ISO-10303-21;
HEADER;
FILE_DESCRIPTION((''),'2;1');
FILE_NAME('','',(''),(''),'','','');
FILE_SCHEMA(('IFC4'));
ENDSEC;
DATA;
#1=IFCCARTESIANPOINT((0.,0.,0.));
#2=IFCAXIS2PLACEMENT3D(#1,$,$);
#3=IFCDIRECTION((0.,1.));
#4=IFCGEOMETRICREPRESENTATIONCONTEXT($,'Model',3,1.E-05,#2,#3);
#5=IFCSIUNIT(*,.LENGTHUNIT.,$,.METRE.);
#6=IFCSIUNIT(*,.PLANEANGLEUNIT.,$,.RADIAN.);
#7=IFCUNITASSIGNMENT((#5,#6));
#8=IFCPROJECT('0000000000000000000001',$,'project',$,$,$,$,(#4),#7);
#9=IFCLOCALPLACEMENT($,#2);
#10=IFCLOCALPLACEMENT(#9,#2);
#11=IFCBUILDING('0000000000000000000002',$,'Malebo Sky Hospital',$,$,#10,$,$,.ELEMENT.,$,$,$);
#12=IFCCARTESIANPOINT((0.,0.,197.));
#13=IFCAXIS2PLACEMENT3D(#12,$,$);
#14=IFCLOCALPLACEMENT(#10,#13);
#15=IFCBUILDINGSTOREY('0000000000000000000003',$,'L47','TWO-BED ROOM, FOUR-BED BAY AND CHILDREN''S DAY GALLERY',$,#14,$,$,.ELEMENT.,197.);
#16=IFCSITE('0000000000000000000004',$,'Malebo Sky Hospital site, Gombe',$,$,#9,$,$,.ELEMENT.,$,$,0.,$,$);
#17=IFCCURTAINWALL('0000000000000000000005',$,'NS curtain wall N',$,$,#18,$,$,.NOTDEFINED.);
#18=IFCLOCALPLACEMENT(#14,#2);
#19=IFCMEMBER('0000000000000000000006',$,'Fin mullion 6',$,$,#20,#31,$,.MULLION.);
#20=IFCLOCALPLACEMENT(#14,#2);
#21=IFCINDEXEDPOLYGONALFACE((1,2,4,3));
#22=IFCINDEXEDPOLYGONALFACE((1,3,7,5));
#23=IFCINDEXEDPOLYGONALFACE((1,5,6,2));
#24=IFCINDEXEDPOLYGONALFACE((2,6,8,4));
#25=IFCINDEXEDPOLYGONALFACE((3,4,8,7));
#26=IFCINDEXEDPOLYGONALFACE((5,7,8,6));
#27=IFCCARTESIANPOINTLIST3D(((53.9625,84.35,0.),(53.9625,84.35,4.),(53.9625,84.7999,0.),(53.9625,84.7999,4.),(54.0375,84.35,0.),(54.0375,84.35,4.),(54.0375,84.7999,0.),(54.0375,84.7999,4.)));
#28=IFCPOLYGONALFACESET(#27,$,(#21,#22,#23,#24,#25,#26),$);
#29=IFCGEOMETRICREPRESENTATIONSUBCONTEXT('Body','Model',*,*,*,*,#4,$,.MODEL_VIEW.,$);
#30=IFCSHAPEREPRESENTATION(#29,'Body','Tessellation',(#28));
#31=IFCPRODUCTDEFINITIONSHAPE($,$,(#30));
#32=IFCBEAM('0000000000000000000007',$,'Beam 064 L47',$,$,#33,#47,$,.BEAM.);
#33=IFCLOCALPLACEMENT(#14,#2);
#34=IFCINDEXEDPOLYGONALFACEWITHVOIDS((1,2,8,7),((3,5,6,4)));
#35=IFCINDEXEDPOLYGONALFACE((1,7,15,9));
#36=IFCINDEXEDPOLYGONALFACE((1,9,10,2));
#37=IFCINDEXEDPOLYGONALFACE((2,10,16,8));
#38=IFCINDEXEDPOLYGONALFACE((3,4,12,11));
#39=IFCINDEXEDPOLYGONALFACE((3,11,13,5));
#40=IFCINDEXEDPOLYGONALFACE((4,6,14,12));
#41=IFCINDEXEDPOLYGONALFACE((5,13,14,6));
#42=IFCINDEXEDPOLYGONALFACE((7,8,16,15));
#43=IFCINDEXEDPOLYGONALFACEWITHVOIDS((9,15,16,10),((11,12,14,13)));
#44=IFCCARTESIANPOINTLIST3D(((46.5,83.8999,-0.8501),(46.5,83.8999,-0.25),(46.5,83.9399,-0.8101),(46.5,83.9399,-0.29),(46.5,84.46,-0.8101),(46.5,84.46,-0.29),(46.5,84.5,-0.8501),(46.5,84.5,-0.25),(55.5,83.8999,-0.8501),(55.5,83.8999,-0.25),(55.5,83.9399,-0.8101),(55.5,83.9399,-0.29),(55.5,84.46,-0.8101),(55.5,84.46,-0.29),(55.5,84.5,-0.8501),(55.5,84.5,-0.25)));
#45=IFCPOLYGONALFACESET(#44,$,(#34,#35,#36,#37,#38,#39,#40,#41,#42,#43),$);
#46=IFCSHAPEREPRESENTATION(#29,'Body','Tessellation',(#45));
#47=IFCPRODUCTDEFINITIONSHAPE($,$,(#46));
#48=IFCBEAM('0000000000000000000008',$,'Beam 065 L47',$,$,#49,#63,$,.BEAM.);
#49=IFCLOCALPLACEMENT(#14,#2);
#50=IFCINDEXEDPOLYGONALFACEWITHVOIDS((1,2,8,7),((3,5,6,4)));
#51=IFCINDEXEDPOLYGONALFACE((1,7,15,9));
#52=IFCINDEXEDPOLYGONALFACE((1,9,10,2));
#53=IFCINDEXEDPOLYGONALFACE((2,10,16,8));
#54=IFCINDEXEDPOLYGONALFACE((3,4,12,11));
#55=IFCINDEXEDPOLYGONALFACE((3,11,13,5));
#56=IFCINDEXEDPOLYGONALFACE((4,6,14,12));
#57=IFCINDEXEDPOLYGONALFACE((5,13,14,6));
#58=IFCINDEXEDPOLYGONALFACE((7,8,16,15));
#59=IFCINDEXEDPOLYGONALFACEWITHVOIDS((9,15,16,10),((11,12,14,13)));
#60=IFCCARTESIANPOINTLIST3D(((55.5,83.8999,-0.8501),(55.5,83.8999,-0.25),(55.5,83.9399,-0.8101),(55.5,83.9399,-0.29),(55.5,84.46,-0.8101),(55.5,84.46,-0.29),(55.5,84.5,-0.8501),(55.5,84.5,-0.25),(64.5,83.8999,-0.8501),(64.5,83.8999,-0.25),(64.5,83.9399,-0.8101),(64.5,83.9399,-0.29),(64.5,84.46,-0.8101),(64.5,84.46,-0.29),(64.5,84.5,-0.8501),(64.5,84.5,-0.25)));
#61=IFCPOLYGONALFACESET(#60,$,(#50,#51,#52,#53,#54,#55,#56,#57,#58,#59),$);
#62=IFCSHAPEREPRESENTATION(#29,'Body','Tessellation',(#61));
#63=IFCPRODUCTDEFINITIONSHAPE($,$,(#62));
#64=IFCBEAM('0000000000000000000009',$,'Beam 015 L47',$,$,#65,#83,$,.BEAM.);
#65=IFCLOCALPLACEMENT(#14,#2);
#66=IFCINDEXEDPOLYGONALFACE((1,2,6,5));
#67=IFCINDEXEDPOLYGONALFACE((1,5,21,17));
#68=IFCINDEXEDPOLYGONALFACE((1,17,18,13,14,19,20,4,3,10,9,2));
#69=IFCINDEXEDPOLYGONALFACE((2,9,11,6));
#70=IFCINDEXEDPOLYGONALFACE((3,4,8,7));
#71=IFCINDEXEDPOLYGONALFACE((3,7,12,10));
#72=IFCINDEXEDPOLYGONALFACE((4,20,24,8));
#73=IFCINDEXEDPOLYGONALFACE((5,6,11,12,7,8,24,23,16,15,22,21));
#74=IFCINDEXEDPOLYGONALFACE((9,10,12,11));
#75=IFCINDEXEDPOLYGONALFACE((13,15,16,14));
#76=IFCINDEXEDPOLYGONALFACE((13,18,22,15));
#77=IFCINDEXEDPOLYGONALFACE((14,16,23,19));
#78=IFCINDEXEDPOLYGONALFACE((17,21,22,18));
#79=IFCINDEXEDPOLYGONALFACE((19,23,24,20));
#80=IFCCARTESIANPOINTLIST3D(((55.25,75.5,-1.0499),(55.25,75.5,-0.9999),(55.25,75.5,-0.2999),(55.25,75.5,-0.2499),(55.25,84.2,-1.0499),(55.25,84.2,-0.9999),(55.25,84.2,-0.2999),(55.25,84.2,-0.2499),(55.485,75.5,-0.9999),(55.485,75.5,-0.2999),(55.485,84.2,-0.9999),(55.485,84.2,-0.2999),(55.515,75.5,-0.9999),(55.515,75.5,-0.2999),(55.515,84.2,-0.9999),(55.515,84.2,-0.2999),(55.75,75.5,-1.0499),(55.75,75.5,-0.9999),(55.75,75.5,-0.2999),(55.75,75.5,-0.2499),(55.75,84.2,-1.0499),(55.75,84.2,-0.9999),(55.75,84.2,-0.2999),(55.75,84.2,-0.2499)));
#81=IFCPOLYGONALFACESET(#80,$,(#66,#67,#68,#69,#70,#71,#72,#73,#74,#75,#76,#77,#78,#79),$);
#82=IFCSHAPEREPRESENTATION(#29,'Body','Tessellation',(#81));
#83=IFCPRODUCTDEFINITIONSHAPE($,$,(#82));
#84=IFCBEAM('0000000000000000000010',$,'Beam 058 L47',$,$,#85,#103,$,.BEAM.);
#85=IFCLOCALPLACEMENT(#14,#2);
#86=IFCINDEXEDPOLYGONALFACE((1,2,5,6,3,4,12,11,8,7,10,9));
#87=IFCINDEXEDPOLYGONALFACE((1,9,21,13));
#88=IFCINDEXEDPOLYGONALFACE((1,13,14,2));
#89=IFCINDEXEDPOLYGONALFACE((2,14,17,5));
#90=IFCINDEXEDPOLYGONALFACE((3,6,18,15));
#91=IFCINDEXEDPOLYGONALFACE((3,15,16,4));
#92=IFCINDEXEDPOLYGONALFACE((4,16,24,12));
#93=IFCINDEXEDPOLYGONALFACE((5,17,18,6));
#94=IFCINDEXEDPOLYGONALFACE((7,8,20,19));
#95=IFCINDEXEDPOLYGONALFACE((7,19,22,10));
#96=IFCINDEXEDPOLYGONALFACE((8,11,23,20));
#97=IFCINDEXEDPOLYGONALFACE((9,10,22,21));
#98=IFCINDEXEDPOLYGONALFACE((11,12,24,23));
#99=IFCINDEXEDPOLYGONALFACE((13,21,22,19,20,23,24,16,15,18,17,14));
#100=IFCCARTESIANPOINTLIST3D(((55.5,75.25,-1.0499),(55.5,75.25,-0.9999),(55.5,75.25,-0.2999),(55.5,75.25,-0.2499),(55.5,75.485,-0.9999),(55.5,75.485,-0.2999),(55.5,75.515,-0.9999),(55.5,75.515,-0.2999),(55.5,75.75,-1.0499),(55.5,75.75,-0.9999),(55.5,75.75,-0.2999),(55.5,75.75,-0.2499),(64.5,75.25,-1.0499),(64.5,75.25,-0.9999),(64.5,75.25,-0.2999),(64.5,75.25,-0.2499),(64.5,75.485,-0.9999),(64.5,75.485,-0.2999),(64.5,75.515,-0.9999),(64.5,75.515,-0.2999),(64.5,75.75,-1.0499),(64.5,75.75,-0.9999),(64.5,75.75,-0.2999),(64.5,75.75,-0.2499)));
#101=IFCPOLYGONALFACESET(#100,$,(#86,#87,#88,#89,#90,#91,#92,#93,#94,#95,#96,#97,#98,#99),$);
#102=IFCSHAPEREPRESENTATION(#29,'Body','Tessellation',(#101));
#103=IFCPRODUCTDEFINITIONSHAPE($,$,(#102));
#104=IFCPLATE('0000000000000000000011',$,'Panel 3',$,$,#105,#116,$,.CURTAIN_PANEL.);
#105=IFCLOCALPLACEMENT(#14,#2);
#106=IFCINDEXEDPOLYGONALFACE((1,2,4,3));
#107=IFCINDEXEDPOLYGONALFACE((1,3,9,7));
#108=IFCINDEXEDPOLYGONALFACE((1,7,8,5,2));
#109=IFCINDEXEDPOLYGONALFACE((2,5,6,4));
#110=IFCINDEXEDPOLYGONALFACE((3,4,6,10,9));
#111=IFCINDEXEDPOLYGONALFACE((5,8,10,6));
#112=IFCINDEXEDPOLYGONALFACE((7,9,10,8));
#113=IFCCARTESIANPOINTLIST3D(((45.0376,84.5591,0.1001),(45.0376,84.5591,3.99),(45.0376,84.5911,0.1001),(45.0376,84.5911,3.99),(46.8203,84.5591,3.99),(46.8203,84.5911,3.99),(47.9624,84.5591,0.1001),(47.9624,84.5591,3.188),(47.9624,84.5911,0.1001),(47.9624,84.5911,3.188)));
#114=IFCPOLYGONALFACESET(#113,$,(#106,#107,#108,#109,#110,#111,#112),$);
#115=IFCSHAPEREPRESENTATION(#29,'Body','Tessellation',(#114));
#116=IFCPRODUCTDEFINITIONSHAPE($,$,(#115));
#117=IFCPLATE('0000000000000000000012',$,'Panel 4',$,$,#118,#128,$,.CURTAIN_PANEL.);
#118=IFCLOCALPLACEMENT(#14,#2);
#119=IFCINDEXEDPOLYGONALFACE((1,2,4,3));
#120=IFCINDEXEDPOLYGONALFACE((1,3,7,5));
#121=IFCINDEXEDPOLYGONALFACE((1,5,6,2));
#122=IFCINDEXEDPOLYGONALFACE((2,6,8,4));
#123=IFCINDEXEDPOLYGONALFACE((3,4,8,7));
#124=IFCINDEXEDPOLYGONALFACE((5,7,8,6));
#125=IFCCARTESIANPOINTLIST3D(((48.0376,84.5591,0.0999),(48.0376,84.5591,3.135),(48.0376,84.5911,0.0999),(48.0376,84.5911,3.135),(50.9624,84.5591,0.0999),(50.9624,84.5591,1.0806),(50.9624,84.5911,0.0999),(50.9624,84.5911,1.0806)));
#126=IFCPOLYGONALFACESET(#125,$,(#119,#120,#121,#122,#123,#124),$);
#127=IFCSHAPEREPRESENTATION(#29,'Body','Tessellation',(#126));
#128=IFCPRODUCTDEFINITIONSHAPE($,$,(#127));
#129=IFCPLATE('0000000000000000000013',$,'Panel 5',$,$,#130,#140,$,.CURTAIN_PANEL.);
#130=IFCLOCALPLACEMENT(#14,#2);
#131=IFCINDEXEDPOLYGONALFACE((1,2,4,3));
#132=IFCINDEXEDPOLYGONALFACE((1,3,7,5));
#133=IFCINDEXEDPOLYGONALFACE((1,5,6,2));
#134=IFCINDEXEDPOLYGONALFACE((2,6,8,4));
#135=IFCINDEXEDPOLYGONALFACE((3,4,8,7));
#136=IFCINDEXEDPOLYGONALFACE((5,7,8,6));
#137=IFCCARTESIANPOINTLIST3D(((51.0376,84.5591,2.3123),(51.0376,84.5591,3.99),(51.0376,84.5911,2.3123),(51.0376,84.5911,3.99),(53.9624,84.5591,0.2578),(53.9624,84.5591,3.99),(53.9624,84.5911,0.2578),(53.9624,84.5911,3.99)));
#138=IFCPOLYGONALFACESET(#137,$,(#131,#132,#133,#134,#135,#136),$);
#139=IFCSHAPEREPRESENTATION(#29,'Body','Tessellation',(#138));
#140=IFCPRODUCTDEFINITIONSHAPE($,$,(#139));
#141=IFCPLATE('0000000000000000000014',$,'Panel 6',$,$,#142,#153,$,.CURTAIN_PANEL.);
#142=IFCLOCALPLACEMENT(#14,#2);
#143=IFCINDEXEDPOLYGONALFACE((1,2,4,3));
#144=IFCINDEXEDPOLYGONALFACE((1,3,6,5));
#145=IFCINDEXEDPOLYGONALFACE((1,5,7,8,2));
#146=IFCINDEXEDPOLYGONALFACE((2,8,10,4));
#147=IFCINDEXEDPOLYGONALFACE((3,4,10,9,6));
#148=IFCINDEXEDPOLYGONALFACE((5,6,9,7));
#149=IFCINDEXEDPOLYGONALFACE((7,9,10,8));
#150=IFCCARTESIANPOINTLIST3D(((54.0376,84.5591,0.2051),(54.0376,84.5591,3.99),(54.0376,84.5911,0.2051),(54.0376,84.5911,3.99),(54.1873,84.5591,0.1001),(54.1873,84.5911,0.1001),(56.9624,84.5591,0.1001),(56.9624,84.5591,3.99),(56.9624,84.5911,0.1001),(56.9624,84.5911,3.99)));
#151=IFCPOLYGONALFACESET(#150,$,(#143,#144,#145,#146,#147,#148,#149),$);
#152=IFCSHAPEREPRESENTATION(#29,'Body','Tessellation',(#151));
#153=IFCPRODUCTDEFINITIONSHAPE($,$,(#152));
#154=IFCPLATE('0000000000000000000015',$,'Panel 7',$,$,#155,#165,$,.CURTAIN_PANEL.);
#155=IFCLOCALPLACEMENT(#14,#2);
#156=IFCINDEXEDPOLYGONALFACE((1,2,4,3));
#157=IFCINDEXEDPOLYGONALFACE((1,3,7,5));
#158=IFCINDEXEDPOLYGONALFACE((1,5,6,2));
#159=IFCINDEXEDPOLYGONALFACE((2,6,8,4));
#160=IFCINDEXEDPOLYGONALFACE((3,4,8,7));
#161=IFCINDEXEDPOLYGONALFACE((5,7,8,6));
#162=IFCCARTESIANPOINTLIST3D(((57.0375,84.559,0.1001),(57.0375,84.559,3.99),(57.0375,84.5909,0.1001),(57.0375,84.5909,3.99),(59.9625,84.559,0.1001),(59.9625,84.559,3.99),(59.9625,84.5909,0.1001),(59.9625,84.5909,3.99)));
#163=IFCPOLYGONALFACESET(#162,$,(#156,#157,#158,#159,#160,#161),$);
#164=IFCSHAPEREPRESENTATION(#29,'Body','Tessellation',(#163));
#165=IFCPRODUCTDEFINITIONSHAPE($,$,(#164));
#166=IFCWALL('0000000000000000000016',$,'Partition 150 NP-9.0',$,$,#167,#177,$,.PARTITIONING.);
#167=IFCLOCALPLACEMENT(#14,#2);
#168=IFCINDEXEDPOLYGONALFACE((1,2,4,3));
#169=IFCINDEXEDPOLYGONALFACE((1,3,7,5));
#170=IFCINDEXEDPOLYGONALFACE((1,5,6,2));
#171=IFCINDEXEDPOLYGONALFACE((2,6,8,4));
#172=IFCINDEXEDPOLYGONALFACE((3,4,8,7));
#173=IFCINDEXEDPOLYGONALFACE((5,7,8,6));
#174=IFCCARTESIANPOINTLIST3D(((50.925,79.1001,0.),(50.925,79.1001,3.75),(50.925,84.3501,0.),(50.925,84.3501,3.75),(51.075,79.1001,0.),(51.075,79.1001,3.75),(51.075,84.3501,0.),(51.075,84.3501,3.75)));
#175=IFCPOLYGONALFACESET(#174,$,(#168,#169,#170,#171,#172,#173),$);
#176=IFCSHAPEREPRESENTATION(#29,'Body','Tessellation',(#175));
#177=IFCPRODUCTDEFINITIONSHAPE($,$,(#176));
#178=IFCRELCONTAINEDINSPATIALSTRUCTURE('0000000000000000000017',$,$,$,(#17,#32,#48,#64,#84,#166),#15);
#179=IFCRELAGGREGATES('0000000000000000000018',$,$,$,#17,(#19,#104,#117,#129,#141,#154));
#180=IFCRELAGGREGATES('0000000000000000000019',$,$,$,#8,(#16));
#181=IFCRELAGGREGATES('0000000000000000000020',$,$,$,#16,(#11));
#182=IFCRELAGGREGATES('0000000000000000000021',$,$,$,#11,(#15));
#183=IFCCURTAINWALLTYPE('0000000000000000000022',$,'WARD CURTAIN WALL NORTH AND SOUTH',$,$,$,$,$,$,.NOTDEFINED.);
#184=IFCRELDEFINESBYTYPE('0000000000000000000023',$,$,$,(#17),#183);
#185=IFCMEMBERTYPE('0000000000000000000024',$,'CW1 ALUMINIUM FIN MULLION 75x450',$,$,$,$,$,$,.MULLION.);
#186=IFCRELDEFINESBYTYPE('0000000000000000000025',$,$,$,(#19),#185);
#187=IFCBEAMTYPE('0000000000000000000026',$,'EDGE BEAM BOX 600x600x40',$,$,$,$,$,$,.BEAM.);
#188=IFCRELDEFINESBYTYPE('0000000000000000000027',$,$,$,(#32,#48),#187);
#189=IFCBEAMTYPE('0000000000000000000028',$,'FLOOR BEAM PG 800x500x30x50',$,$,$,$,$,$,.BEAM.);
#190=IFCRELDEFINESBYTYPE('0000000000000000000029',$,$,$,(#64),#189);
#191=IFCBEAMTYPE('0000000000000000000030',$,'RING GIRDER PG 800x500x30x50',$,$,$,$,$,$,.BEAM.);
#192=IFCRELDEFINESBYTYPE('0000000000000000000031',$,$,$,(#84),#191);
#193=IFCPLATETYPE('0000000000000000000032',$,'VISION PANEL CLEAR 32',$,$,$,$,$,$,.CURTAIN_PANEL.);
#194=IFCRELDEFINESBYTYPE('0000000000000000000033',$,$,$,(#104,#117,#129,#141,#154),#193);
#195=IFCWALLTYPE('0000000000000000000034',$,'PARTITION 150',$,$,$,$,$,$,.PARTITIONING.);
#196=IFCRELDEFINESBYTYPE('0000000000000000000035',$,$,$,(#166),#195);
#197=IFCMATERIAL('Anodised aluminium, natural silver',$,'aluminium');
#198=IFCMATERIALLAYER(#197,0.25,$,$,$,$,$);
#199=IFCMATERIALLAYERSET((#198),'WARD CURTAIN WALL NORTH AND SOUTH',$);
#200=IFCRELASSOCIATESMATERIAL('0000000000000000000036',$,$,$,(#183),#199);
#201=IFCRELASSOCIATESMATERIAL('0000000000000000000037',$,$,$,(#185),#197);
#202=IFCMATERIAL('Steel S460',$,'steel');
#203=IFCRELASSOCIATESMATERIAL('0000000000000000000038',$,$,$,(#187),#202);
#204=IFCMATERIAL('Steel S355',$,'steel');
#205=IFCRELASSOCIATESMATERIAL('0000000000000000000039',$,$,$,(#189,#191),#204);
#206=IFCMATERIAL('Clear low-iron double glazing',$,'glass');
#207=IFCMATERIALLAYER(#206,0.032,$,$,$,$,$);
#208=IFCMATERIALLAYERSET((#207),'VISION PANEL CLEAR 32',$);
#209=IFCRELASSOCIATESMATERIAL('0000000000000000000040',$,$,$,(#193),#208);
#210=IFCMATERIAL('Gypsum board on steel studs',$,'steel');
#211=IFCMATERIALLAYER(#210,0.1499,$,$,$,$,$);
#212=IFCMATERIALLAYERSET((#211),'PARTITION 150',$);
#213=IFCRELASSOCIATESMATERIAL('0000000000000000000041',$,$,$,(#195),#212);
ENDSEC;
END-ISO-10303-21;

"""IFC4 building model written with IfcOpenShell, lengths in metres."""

from ifc_helpers import new_model, si_unit, direction, frame, frame_2d, origin, origin_2d, place, context, subcontext, project, spatial, polyline, rectangle, hollow_rectangle, i_section, outline, extrude, material, layer, layer_set, material_profile, profile_set, type_object, element, aggregate, save


model = new_model("IFC4")

# Units and contexts
model_context = context("Model", 3, precision=1e-05, world=origin(), true_north=direction((0.0, 1.0)))
body_context = subcontext(model_context, "Body", "Model", "MODEL_VIEW")
ifc_project = project(units=[si_unit("LENGTHUNIT", "METRE"), si_unit("PLANEANGLEUNIT", "RADIAN")], contexts=[model_context])

# Site, building, storey
site_placement = place(None, origin())
site = spatial("IfcSite", under=ifc_project, at=site_placement, Name="Malebo Sky Hospital site, Gombe", CompositionType="ELEMENT", RefElevation=0.0)
building_placement = place(site_placement, origin())
building = spatial("IfcBuilding", under=site, at=building_placement, Name="Malebo Sky Hospital", CompositionType="ELEMENT")
storey_placement = place(building_placement, frame((0.0, 0.0, 197.0)))
storey = spatial("IfcBuildingStorey", under=building, at=storey_placement, Name="L47", Description="TWO-BED ROOM, FOUR-BED BAY AND CHILDREN'S DAY GALLERY", CompositionType="ELEMENT", Elevation=197.0)

# Shared definitions
ifc_material_1 = material(Name="Steel S460", Category="steel")

# Curtain wall
ifc_material_2 = material(Name="Anodised aluminium, natural silver", Category="aluminium")
ifc_layer_1 = layer(ifc_material_2, 0.25)
ifc_layer_set_1 = layer_set([ifc_layer_1], Name="WARD CURTAIN WALL NORTH AND SOUTH")
curtain_wall_type = type_object("IfcCurtainWallType", Name="WARD CURTAIN WALL NORTH AND SOUTH", PredefinedType="NOTDEFINED", material=ifc_layer_set_1)
curtain_wall_placement = place(storey_placement, origin())
curtain_wall = element("IfcCurtainWall", 1, at=curtain_wall_placement, inside=storey, type_object=curtain_wall_type, Name="NS curtain wall N", PredefinedType="NOTDEFINED")

# Member
ifc_material_3 = material(Name="Steel S355", Category="steel")
ifc_material_profile_1 = material_profile(ifc_material_2, rectangle(XDim=0.075, YDim=0.45, at=origin_2d()), Name="CW1 ALUMINIUM FIN MULLION 75x450")
ifc_profile_set_1 = profile_set([ifc_material_profile_1], Name="Anodised aluminium, natural silver")
member_type_1 = type_object("IfcMemberType", Name="CW1 ALUMINIUM FIN MULLION 75x450", PredefinedType="MULLION", material=ifc_profile_set_1)
member_1_placement = place(storey_placement, frame((54.0, 84.575, 0.0), z_axis=(0.0, 0.0, 1.0), x_axis=(1.0, 0.0, 0.0)))
member_1 = element("IfcMember", 2, at=member_1_placement, type_object=member_type_1, Name="Fin mullion 6", PredefinedType="MULLION", context=body_context, shape_type="SweptSolid", body=[
    extrude(rectangle(XDim=0.075, YDim=0.45, at=origin_2d()), origin(), (0.0, 0.0, 1.0), 4.0),
])

# Beams
ifc_material_profile_2 = material_profile(ifc_material_1, hollow_rectangle(XDim=0.6001, YDim=0.6001, WallThickness=0.04, at=origin_2d()), Name="BOX 600x600x40")
ifc_profile_set_2 = profile_set([ifc_material_profile_2], Name="Steel S460")
beam_type_1 = type_object("IfcBeamType", Name="EDGE BEAM BOX 600x600x40", PredefinedType="BEAM", material=ifc_profile_set_2)
for number, where, z_axis, x_axis, name in (
    (3, (46.5, 84.2, -0.55), (1.0, 0.0, 0.0), (0.0, 1.0, 0.0), "Beam 064 L47"),
    (4, (55.5, 84.2, -0.55), (1.0, 0.0, 0.0), (0.0, 1.0, 0.0), "Beam 065 L47"),
):
    element("IfcBeam", number, at=place(storey_placement, frame(where, z_axis=z_axis, x_axis=x_axis)), inside=storey, type_object=beam_type_1, Name=name, PredefinedType="BEAM", context=body_context, shape_type="SweptSolid", body=[
        extrude(hollow_rectangle(XDim=0.6001, YDim=0.6001, WallThickness=0.04, at=origin_2d()), origin(), (0.0, 0.0, 1.0), 9.0),
    ])
ifc_material_profile_3 = material_profile(ifc_material_3, i_section(OverallWidth=0.5, OverallDepth=0.8, WebThickness=0.03, FlangeThickness=0.05, at=origin_2d()), Name="PG 800x500x30x50")
ifc_profile_set_3 = profile_set([ifc_material_profile_3], Name="Steel S355")
beam_type_2 = type_object("IfcBeamType", Name="FLOOR BEAM PG 800x500x30x50", PredefinedType="BEAM", material=ifc_profile_set_3)
beam_1_placement = place(storey_placement, frame((55.5, 75.5, -0.6499), z_axis=(0.0, 1.0, 0.0), x_axis=(-1.0, 0.0, 0.0)))
element("IfcBeam", 5, at=beam_1_placement, inside=storey, type_object=beam_type_2, Name="Beam 015 L47", PredefinedType="BEAM", context=body_context, shape_type="SweptSolid", body=[
    extrude(i_section(OverallWidth=0.5, OverallDepth=0.8, WebThickness=0.03, FlangeThickness=0.05, at=origin_2d()), origin(), (0.0, 0.0, 1.0), 8.7),
])
ifc_material_profile_4 = material_profile(ifc_material_3, i_section(OverallWidth=0.5, OverallDepth=0.8, WebThickness=0.03, FlangeThickness=0.05, at=origin_2d()), Name="PG 800x500x30x50")
ifc_profile_set_4 = profile_set([ifc_material_profile_4], Name="Steel S355")
beam_type_3 = type_object("IfcBeamType", Name="RING GIRDER PG 800x500x30x50", PredefinedType="BEAM", material=ifc_profile_set_4)
beam_2_placement = place(storey_placement, frame((55.5, 75.5, -0.6499), z_axis=(1.0, 0.0, 0.0), x_axis=(0.0, 1.0, 0.0)))
element("IfcBeam", 6, at=beam_2_placement, inside=storey, type_object=beam_type_3, Name="Beam 058 L47", PredefinedType="BEAM", context=body_context, shape_type="SweptSolid", body=[
    extrude(i_section(OverallWidth=0.5, OverallDepth=0.8, WebThickness=0.03, FlangeThickness=0.05, at=origin_2d()), origin(), (0.0, 0.0, 1.0), 9.0),
])

# Plates
ifc_material_4 = material(Name="Clear low-iron double glazing", Category="glass")
ifc_layer_2 = layer(ifc_material_4, 0.032)
ifc_layer_set_2 = layer_set([ifc_layer_2], Name="VISION PANEL CLEAR 32")
plate_type = type_object("IfcPlateType", Name="VISION PANEL CLEAR 32", PredefinedType="CURTAIN_PANEL", material=ifc_layer_set_2)
plate_1_placement = place(storey_placement, frame((46.5, 84.575, 0.1001), z_axis=(0.0, 0.0, 1.0), x_axis=(1.0, 0.0, 0.0)))
plate_1 = element("IfcPlate", 7, at=plate_1_placement, type_object=plate_type, Name="Panel 3", PredefinedType="CURTAIN_PANEL", context=body_context, shape_type="SweptSolid", body=[
    extrude(outline(polyline([(-1.4624, 0.0), (1.4624, 0.0), (1.4624, 3.0879), (0.3203, 3.8899), (-1.4624, 3.8899), (-1.4624, 0.0)])), frame((0.0, 0.0161, 0.0), z_axis=(0.0, -1.0, 0.0), x_axis=(1.0, 0.0, 0.0)), (0.0, 0.0, 1.0), 0.032),
])
plate_2_placement = place(storey_placement, frame((49.5, 84.575, 0.0999), z_axis=(0.0, 0.0, 1.0), x_axis=(1.0, 0.0, 0.0)))
plate_2 = element("IfcPlate", 8, at=plate_2_placement, type_object=plate_type, Name="Panel 4", PredefinedType="CURTAIN_PANEL", context=body_context, shape_type="SweptSolid", body=[
    extrude(outline(polyline([(-1.4624, 0.0), (1.4624, 0.0), (1.4624, 0.9807), (-1.4624, 3.0352), (-1.4624, 0.0)])), frame((0.0, 0.0161, 0.0), z_axis=(0.0, -1.0, 0.0), x_axis=(1.0, 0.0, 0.0)), (0.0, 0.0, 1.0), 0.032),
])
plate_3_placement = place(storey_placement, frame((52.5, 84.575, 0.2578), z_axis=(0.0, 0.0, 1.0), x_axis=(1.0, 0.0, 0.0)))
plate_3 = element("IfcPlate", 9, at=plate_3_placement, type_object=plate_type, Name="Panel 5", PredefinedType="CURTAIN_PANEL", context=body_context, shape_type="SweptSolid", body=[
    extrude(outline(polyline([(1.4624, 0.0), (1.4624, 3.7322), (-1.4624, 3.7322), (-1.4624, 2.0544), (1.4624, 0.0)])), frame((0.0, 0.0161, 0.0), z_axis=(0.0, -1.0, 0.0), x_axis=(1.0, 0.0, 0.0)), (0.0, 0.0, 1.0), 0.032),
])
plate_4_placement = place(storey_placement, frame((55.5, 84.575, 0.1001), z_axis=(0.0, 0.0, 1.0), x_axis=(1.0, 0.0, 0.0)))
plate_4 = element("IfcPlate", 10, at=plate_4_placement, type_object=plate_type, Name="Panel 6", PredefinedType="CURTAIN_PANEL", context=body_context, shape_type="SweptSolid", body=[
    extrude(outline(polyline([(-1.3127, 0.0), (1.4624, 0.0), (1.4624, 3.8899), (-1.4624, 3.8899), (-1.4624, 0.105), (-1.3127, 0.0)])), frame((0.0, 0.0161, 0.0), z_axis=(0.0, -1.0, 0.0), x_axis=(1.0, 0.0, 0.0)), (0.0, 0.0, 1.0), 0.032),
])
plate_5_placement = place(storey_placement, frame((58.5, 84.575, 0.1001), z_axis=(0.0, 0.0, 1.0), x_axis=(1.0, 0.0, 0.0)))
plate_5 = element("IfcPlate", 11, at=plate_5_placement, type_object=plate_type, Name="Panel 7", PredefinedType="CURTAIN_PANEL", context=body_context, shape_type="SweptSolid", body=[
    extrude(rectangle(XDim=2.925, YDim=0.032, at=origin_2d()), origin(), (0.0, 0.0, 1.0), 3.8899),
])
aggregate(curtain_wall, [member_1, plate_1, plate_2, plate_3, plate_4, plate_5])

# Wall
ifc_material_5 = material(Name="Gypsum board on steel studs", Category="steel")
ifc_layer_3 = layer(ifc_material_5, 0.1499)
ifc_layer_set_3 = layer_set([ifc_layer_3], Name="PARTITION 150")
wall_type = type_object("IfcWallType", Name="PARTITION 150", PredefinedType="PARTITIONING", material=ifc_layer_set_3)
for number, where, z_axis, x_axis, name in (
    (12, (51.0, 79.1001, 0.0), (0.0, 0.0, 1.0), (0.0, 1.0, 0.0), "Partition 150 NP-9.0"),
):
    element("IfcWall", number, at=place(storey_placement, frame(where, z_axis=z_axis, x_axis=x_axis)), inside=storey, type_object=wall_type, Name=name, PredefinedType="PARTITIONING", context=body_context, shape_type="SweptSolid", body=[
        extrude(rectangle(XDim=5.25, YDim=0.1499, at=frame_2d((2.625, 0.0))), origin(), (0.0, 0.0, 1.0), 3.75),
    ])

save(model, "model.ifc")
